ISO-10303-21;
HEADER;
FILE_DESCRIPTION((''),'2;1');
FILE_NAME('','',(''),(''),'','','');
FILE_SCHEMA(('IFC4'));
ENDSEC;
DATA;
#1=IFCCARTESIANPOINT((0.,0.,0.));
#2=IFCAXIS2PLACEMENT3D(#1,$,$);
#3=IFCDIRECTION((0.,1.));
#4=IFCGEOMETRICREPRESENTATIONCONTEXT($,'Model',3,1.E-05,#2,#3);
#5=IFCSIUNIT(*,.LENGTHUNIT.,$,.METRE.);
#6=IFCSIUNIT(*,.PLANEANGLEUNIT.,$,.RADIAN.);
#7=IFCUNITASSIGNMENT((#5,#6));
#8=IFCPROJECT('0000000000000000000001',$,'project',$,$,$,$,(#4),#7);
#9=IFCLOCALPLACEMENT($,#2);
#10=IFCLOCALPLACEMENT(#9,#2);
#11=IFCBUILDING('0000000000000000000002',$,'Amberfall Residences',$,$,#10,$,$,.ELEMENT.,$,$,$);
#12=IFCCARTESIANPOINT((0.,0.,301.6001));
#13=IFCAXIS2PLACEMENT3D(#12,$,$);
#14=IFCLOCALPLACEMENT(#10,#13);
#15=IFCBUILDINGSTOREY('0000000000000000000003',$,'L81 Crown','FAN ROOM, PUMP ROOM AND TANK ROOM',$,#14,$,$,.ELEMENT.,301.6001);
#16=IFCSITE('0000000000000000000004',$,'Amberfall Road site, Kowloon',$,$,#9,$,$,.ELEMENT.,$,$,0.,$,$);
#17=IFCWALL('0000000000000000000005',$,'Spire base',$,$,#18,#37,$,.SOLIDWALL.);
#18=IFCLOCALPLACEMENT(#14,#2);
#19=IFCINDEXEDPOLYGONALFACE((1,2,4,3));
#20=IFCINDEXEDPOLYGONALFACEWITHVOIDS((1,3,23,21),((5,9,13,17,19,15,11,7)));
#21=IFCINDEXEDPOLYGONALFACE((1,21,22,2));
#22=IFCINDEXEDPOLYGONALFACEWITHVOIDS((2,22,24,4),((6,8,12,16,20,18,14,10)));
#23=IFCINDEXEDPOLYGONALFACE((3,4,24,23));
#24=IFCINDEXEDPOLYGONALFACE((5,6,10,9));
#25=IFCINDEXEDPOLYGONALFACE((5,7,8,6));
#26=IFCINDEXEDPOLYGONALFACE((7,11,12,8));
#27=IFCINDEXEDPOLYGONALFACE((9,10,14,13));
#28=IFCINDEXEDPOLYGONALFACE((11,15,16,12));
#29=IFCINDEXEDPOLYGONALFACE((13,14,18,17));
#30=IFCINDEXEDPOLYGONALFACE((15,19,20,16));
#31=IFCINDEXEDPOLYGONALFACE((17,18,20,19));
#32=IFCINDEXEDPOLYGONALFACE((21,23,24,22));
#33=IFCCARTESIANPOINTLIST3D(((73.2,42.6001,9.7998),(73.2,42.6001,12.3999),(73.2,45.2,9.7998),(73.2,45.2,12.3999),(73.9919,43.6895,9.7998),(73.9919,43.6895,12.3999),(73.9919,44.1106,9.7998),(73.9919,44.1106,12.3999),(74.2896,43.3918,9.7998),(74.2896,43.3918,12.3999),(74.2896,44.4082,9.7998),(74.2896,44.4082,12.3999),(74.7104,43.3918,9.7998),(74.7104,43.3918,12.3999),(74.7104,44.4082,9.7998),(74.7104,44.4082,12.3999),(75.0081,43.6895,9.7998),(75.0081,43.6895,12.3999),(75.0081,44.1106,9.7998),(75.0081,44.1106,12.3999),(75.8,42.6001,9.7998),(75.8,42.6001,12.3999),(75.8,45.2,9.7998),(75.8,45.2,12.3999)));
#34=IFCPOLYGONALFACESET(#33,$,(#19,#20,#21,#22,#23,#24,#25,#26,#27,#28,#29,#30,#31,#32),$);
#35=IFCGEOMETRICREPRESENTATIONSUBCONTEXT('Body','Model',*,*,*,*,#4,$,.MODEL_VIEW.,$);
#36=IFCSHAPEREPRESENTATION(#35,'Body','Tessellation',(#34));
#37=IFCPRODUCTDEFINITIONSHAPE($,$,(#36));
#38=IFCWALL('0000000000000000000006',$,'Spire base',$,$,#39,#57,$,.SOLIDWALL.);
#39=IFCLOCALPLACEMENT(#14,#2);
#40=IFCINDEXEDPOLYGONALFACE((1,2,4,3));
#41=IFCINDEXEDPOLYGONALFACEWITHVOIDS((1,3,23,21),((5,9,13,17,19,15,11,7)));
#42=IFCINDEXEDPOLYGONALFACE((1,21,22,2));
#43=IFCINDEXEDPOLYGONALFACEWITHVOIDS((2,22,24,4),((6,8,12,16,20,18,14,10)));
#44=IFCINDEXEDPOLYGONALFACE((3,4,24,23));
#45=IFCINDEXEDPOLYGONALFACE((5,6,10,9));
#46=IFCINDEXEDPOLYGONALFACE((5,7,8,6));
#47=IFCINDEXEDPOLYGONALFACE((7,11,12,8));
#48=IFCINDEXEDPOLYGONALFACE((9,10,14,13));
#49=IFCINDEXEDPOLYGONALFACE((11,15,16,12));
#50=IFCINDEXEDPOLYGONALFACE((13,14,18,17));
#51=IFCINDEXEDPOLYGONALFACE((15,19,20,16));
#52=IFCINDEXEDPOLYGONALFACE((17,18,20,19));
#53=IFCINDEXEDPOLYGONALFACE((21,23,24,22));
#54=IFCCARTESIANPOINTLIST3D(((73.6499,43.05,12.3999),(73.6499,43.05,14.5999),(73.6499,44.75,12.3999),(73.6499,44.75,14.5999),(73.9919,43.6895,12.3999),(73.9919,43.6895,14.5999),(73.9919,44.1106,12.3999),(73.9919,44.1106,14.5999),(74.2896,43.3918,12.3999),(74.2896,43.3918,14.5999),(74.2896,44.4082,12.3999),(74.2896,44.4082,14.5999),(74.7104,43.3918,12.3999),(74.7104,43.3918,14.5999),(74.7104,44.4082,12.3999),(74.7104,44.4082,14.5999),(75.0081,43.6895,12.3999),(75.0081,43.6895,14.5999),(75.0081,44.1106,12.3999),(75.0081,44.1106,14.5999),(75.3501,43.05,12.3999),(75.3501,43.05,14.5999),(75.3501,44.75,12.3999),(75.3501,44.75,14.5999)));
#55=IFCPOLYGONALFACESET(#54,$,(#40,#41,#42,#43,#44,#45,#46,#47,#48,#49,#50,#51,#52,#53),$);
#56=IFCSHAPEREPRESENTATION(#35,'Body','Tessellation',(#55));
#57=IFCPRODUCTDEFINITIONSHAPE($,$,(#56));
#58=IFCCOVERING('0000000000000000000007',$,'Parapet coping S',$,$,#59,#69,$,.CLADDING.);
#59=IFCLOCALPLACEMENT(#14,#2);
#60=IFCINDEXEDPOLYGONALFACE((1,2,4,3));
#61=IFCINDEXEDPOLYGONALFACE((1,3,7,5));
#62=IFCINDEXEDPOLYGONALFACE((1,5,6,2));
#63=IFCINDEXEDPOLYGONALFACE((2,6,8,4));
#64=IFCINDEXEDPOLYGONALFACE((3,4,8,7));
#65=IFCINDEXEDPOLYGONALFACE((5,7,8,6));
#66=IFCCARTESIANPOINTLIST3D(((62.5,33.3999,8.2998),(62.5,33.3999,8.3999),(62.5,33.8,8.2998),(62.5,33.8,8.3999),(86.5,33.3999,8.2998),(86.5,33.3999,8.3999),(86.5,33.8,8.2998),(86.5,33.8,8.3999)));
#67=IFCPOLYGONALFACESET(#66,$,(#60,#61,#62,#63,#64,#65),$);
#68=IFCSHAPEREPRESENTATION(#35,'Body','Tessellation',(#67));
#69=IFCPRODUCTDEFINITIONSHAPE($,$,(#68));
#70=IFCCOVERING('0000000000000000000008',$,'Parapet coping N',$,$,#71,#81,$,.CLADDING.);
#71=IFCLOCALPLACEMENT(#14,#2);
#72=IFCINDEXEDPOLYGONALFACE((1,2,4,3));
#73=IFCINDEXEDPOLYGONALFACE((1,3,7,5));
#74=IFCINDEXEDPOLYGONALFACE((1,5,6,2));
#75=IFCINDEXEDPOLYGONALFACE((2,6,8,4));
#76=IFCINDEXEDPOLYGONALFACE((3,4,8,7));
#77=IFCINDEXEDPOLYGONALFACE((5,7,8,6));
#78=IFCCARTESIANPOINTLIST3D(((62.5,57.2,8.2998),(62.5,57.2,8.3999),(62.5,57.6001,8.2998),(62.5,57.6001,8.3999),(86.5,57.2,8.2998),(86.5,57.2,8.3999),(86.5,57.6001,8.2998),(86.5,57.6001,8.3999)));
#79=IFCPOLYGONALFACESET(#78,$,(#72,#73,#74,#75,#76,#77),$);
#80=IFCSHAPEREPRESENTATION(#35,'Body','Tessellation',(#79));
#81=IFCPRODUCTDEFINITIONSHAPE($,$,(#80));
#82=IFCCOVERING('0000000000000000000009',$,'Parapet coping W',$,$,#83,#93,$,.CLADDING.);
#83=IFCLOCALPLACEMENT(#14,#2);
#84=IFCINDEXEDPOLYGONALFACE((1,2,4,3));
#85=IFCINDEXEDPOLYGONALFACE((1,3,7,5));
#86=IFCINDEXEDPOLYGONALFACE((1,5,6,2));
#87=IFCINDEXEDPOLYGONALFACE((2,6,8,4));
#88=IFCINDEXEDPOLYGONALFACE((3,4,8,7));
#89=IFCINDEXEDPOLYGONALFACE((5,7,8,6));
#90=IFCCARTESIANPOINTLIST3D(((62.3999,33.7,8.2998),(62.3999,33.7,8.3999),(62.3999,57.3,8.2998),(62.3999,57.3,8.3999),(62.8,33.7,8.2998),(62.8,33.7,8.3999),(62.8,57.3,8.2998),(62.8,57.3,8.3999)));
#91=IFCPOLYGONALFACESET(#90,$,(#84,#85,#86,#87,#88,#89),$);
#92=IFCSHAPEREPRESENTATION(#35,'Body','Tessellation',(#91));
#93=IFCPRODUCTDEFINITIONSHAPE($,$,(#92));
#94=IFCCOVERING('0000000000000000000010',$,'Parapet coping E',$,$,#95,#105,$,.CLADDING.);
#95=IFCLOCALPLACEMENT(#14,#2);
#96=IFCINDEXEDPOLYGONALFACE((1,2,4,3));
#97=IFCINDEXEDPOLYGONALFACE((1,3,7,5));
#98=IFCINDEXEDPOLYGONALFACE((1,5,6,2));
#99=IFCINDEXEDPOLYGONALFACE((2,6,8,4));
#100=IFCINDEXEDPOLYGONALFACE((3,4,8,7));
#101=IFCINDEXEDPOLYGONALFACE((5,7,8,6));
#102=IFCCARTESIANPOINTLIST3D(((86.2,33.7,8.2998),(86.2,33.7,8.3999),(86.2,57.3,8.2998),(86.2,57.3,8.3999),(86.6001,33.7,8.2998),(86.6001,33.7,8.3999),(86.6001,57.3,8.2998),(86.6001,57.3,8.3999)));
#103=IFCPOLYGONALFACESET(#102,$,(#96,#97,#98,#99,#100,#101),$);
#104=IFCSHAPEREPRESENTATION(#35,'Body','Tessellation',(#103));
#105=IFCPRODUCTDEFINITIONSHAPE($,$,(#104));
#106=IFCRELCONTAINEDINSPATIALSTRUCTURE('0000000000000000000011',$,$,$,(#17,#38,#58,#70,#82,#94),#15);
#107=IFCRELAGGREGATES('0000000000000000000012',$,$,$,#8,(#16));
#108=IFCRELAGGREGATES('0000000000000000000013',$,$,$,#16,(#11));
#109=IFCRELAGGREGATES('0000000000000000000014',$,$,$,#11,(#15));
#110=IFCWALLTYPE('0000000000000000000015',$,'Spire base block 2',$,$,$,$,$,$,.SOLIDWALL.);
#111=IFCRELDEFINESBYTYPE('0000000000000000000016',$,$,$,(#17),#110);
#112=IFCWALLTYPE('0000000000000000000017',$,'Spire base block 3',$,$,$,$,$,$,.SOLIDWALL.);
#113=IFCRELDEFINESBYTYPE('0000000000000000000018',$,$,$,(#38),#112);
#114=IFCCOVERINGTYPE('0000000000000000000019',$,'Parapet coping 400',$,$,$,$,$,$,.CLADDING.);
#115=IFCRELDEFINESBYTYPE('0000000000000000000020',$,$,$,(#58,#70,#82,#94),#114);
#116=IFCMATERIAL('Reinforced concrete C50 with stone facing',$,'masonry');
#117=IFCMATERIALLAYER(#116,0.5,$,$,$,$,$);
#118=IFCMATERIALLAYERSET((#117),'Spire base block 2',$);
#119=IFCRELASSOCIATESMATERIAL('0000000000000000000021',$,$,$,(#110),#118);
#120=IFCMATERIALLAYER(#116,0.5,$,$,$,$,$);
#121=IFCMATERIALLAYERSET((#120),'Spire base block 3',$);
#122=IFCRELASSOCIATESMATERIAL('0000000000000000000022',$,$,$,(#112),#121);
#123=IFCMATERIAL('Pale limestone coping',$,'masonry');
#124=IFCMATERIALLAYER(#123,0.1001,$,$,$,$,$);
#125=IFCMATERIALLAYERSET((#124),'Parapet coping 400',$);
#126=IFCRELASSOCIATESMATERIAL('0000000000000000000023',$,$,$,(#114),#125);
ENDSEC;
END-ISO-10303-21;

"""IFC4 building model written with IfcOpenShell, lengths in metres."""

from ifc_helpers import new_model, si_unit, direction, frame, origin, place, context, subcontext, project, spatial, polyline, outline, extrude, material, layer, layer_set, type_object, element, save


model = new_model("IFC4")

# Units and contexts
model_context = context("Model", 3, precision=1e-05, world=origin(), true_north=direction((0.0, 1.0)))
body_context = subcontext(model_context, "Body", "Model", "MODEL_VIEW")
ifc_project = project(units=[si_unit("LENGTHUNIT", "METRE"), si_unit("PLANEANGLEUNIT", "RADIAN")], contexts=[model_context])

# Site, building, storey
site_placement = place(None, origin())
site = spatial("IfcSite", under=ifc_project, at=site_placement, Name="Amberfall Road site, Kowloon", CompositionType="ELEMENT", RefElevation=0.0)
building_placement = place(site_placement, origin())
building = spatial("IfcBuilding", under=site, at=building_placement, Name="Amberfall Residences", CompositionType="ELEMENT")
storey_placement = place(building_placement, frame((0.0, 0.0, 301.6001)))
storey = spatial("IfcBuildingStorey", under=building, at=storey_placement, Name="L81 Crown", Description="FAN ROOM, PUMP ROOM AND TANK ROOM", CompositionType="ELEMENT", Elevation=301.6001)

# Walls
ifc_material_1 = material(Name="Reinforced concrete C50 with stone facing", Category="masonry")
ifc_layer_1 = layer(ifc_material_1, 0.5)
ifc_layer_set_1 = layer_set([ifc_layer_1], Name="Spire base block 2")
wall_type_1 = type_object("IfcWallType", Name="Spire base block 2", PredefinedType="SOLIDWALL", material=ifc_layer_set_1)
wall_1_placement = place(storey_placement, frame((0.0, 0.0, 9.7998)))
element("IfcWall", 1, at=wall_1_placement, inside=storey, type_object=wall_type_1, Name="Spire base", PredefinedType="SOLIDWALL", context=body_context, shape_type="SweptSolid", body=[
    extrude(outline(polyline([(73.2, 42.6001), (75.8, 42.6001), (75.8, 45.2), (73.2, 45.2), (73.2, 42.6001)]), holes=[polyline([(75.0081, 44.1106), (74.7104, 44.4082), (74.2896, 44.4082), (73.9919, 44.1106), (73.9919, 43.6895), (74.2896, 43.3918), (74.7104, 43.3918), (75.0081, 43.6895), (75.0081, 44.1106)])]), origin(), (0.0, 0.0, 1.0), 2.6001),
])
ifc_layer_2 = layer(ifc_material_1, 0.5)
ifc_layer_set_2 = layer_set([ifc_layer_2], Name="Spire base block 3")
wall_type_2 = type_object("IfcWallType", Name="Spire base block 3", PredefinedType="SOLIDWALL", material=ifc_layer_set_2)
wall_2_placement = place(storey_placement, frame((0.0, 0.0, 12.3999)))
element("IfcWall", 2, at=wall_2_placement, inside=storey, type_object=wall_type_2, Name="Spire base", PredefinedType="SOLIDWALL", context=body_context, shape_type="SweptSolid", body=[
    extrude(outline(polyline([(73.6499, 43.05), (75.3501, 43.05), (75.3501, 44.75), (73.6499, 44.75), (73.6499, 43.05)]), holes=[polyline([(75.0081, 44.1106), (74.7104, 44.4082), (74.2896, 44.4082), (73.9919, 44.1106), (73.9919, 43.6895), (74.2896, 43.3918), (74.7104, 43.3918), (75.0081, 43.6895), (75.0081, 44.1106)])]), origin(), (0.0, 0.0, 1.0), 2.2),
])

# Coverings
ifc_material_2 = material(Name="Pale limestone coping", Category="masonry")
ifc_layer_3 = layer(ifc_material_2, 0.1001)
ifc_layer_set_3 = layer_set([ifc_layer_3], Name="Parapet coping 400")
covering_type = type_object("IfcCoveringType", Name="Parapet coping 400", PredefinedType="CLADDING", material=ifc_layer_set_3)
covering_1_placement = place(storey_placement, frame((0.0, 0.0, 8.2998)))
element("IfcCovering", 3, at=covering_1_placement, inside=storey, type_object=covering_type, Name="Parapet coping S", PredefinedType="CLADDING", context=body_context, shape_type="SweptSolid", body=[
    extrude(outline(polyline([(62.5, 33.3999), (86.5, 33.3999), (86.5, 33.8), (62.5, 33.8), (62.5, 33.3999)])), origin(), (0.0, 0.0, 1.0), 0.1001),
])
covering_2_placement = place(storey_placement, frame((0.0, 0.0, 8.2998)))
element("IfcCovering", 4, at=covering_2_placement, inside=storey, type_object=covering_type, Name="Parapet coping N", PredefinedType="CLADDING", context=body_context, shape_type="SweptSolid", body=[
    extrude(outline(polyline([(62.5, 57.2), (86.5, 57.2), (86.5, 57.6001), (62.5, 57.6001), (62.5, 57.2)])), origin(), (0.0, 0.0, 1.0), 0.1001),
])
covering_3_placement = place(storey_placement, frame((0.0, 0.0, 8.2998)))
element("IfcCovering", 5, at=covering_3_placement, inside=storey, type_object=covering_type, Name="Parapet coping W", PredefinedType="CLADDING", context=body_context, shape_type="SweptSolid", body=[
    extrude(outline(polyline([(62.3999, 33.7), (62.8, 33.7), (62.8, 57.3), (62.3999, 57.3), (62.3999, 33.7)])), origin(), (0.0, 0.0, 1.0), 0.1001),
])
covering_4_placement = place(storey_placement, frame((0.0, 0.0, 8.2998)))
element("IfcCovering", 6, at=covering_4_placement, inside=storey, type_object=covering_type, Name="Parapet coping E", PredefinedType="CLADDING", context=body_context, shape_type="SweptSolid", body=[
    extrude(outline(polyline([(86.2, 33.7), (86.6001, 33.7), (86.6001, 57.3), (86.2, 57.3), (86.2, 33.7)])), origin(), (0.0, 0.0, 1.0), 0.1001),
])

save(model, "model.ifc")
